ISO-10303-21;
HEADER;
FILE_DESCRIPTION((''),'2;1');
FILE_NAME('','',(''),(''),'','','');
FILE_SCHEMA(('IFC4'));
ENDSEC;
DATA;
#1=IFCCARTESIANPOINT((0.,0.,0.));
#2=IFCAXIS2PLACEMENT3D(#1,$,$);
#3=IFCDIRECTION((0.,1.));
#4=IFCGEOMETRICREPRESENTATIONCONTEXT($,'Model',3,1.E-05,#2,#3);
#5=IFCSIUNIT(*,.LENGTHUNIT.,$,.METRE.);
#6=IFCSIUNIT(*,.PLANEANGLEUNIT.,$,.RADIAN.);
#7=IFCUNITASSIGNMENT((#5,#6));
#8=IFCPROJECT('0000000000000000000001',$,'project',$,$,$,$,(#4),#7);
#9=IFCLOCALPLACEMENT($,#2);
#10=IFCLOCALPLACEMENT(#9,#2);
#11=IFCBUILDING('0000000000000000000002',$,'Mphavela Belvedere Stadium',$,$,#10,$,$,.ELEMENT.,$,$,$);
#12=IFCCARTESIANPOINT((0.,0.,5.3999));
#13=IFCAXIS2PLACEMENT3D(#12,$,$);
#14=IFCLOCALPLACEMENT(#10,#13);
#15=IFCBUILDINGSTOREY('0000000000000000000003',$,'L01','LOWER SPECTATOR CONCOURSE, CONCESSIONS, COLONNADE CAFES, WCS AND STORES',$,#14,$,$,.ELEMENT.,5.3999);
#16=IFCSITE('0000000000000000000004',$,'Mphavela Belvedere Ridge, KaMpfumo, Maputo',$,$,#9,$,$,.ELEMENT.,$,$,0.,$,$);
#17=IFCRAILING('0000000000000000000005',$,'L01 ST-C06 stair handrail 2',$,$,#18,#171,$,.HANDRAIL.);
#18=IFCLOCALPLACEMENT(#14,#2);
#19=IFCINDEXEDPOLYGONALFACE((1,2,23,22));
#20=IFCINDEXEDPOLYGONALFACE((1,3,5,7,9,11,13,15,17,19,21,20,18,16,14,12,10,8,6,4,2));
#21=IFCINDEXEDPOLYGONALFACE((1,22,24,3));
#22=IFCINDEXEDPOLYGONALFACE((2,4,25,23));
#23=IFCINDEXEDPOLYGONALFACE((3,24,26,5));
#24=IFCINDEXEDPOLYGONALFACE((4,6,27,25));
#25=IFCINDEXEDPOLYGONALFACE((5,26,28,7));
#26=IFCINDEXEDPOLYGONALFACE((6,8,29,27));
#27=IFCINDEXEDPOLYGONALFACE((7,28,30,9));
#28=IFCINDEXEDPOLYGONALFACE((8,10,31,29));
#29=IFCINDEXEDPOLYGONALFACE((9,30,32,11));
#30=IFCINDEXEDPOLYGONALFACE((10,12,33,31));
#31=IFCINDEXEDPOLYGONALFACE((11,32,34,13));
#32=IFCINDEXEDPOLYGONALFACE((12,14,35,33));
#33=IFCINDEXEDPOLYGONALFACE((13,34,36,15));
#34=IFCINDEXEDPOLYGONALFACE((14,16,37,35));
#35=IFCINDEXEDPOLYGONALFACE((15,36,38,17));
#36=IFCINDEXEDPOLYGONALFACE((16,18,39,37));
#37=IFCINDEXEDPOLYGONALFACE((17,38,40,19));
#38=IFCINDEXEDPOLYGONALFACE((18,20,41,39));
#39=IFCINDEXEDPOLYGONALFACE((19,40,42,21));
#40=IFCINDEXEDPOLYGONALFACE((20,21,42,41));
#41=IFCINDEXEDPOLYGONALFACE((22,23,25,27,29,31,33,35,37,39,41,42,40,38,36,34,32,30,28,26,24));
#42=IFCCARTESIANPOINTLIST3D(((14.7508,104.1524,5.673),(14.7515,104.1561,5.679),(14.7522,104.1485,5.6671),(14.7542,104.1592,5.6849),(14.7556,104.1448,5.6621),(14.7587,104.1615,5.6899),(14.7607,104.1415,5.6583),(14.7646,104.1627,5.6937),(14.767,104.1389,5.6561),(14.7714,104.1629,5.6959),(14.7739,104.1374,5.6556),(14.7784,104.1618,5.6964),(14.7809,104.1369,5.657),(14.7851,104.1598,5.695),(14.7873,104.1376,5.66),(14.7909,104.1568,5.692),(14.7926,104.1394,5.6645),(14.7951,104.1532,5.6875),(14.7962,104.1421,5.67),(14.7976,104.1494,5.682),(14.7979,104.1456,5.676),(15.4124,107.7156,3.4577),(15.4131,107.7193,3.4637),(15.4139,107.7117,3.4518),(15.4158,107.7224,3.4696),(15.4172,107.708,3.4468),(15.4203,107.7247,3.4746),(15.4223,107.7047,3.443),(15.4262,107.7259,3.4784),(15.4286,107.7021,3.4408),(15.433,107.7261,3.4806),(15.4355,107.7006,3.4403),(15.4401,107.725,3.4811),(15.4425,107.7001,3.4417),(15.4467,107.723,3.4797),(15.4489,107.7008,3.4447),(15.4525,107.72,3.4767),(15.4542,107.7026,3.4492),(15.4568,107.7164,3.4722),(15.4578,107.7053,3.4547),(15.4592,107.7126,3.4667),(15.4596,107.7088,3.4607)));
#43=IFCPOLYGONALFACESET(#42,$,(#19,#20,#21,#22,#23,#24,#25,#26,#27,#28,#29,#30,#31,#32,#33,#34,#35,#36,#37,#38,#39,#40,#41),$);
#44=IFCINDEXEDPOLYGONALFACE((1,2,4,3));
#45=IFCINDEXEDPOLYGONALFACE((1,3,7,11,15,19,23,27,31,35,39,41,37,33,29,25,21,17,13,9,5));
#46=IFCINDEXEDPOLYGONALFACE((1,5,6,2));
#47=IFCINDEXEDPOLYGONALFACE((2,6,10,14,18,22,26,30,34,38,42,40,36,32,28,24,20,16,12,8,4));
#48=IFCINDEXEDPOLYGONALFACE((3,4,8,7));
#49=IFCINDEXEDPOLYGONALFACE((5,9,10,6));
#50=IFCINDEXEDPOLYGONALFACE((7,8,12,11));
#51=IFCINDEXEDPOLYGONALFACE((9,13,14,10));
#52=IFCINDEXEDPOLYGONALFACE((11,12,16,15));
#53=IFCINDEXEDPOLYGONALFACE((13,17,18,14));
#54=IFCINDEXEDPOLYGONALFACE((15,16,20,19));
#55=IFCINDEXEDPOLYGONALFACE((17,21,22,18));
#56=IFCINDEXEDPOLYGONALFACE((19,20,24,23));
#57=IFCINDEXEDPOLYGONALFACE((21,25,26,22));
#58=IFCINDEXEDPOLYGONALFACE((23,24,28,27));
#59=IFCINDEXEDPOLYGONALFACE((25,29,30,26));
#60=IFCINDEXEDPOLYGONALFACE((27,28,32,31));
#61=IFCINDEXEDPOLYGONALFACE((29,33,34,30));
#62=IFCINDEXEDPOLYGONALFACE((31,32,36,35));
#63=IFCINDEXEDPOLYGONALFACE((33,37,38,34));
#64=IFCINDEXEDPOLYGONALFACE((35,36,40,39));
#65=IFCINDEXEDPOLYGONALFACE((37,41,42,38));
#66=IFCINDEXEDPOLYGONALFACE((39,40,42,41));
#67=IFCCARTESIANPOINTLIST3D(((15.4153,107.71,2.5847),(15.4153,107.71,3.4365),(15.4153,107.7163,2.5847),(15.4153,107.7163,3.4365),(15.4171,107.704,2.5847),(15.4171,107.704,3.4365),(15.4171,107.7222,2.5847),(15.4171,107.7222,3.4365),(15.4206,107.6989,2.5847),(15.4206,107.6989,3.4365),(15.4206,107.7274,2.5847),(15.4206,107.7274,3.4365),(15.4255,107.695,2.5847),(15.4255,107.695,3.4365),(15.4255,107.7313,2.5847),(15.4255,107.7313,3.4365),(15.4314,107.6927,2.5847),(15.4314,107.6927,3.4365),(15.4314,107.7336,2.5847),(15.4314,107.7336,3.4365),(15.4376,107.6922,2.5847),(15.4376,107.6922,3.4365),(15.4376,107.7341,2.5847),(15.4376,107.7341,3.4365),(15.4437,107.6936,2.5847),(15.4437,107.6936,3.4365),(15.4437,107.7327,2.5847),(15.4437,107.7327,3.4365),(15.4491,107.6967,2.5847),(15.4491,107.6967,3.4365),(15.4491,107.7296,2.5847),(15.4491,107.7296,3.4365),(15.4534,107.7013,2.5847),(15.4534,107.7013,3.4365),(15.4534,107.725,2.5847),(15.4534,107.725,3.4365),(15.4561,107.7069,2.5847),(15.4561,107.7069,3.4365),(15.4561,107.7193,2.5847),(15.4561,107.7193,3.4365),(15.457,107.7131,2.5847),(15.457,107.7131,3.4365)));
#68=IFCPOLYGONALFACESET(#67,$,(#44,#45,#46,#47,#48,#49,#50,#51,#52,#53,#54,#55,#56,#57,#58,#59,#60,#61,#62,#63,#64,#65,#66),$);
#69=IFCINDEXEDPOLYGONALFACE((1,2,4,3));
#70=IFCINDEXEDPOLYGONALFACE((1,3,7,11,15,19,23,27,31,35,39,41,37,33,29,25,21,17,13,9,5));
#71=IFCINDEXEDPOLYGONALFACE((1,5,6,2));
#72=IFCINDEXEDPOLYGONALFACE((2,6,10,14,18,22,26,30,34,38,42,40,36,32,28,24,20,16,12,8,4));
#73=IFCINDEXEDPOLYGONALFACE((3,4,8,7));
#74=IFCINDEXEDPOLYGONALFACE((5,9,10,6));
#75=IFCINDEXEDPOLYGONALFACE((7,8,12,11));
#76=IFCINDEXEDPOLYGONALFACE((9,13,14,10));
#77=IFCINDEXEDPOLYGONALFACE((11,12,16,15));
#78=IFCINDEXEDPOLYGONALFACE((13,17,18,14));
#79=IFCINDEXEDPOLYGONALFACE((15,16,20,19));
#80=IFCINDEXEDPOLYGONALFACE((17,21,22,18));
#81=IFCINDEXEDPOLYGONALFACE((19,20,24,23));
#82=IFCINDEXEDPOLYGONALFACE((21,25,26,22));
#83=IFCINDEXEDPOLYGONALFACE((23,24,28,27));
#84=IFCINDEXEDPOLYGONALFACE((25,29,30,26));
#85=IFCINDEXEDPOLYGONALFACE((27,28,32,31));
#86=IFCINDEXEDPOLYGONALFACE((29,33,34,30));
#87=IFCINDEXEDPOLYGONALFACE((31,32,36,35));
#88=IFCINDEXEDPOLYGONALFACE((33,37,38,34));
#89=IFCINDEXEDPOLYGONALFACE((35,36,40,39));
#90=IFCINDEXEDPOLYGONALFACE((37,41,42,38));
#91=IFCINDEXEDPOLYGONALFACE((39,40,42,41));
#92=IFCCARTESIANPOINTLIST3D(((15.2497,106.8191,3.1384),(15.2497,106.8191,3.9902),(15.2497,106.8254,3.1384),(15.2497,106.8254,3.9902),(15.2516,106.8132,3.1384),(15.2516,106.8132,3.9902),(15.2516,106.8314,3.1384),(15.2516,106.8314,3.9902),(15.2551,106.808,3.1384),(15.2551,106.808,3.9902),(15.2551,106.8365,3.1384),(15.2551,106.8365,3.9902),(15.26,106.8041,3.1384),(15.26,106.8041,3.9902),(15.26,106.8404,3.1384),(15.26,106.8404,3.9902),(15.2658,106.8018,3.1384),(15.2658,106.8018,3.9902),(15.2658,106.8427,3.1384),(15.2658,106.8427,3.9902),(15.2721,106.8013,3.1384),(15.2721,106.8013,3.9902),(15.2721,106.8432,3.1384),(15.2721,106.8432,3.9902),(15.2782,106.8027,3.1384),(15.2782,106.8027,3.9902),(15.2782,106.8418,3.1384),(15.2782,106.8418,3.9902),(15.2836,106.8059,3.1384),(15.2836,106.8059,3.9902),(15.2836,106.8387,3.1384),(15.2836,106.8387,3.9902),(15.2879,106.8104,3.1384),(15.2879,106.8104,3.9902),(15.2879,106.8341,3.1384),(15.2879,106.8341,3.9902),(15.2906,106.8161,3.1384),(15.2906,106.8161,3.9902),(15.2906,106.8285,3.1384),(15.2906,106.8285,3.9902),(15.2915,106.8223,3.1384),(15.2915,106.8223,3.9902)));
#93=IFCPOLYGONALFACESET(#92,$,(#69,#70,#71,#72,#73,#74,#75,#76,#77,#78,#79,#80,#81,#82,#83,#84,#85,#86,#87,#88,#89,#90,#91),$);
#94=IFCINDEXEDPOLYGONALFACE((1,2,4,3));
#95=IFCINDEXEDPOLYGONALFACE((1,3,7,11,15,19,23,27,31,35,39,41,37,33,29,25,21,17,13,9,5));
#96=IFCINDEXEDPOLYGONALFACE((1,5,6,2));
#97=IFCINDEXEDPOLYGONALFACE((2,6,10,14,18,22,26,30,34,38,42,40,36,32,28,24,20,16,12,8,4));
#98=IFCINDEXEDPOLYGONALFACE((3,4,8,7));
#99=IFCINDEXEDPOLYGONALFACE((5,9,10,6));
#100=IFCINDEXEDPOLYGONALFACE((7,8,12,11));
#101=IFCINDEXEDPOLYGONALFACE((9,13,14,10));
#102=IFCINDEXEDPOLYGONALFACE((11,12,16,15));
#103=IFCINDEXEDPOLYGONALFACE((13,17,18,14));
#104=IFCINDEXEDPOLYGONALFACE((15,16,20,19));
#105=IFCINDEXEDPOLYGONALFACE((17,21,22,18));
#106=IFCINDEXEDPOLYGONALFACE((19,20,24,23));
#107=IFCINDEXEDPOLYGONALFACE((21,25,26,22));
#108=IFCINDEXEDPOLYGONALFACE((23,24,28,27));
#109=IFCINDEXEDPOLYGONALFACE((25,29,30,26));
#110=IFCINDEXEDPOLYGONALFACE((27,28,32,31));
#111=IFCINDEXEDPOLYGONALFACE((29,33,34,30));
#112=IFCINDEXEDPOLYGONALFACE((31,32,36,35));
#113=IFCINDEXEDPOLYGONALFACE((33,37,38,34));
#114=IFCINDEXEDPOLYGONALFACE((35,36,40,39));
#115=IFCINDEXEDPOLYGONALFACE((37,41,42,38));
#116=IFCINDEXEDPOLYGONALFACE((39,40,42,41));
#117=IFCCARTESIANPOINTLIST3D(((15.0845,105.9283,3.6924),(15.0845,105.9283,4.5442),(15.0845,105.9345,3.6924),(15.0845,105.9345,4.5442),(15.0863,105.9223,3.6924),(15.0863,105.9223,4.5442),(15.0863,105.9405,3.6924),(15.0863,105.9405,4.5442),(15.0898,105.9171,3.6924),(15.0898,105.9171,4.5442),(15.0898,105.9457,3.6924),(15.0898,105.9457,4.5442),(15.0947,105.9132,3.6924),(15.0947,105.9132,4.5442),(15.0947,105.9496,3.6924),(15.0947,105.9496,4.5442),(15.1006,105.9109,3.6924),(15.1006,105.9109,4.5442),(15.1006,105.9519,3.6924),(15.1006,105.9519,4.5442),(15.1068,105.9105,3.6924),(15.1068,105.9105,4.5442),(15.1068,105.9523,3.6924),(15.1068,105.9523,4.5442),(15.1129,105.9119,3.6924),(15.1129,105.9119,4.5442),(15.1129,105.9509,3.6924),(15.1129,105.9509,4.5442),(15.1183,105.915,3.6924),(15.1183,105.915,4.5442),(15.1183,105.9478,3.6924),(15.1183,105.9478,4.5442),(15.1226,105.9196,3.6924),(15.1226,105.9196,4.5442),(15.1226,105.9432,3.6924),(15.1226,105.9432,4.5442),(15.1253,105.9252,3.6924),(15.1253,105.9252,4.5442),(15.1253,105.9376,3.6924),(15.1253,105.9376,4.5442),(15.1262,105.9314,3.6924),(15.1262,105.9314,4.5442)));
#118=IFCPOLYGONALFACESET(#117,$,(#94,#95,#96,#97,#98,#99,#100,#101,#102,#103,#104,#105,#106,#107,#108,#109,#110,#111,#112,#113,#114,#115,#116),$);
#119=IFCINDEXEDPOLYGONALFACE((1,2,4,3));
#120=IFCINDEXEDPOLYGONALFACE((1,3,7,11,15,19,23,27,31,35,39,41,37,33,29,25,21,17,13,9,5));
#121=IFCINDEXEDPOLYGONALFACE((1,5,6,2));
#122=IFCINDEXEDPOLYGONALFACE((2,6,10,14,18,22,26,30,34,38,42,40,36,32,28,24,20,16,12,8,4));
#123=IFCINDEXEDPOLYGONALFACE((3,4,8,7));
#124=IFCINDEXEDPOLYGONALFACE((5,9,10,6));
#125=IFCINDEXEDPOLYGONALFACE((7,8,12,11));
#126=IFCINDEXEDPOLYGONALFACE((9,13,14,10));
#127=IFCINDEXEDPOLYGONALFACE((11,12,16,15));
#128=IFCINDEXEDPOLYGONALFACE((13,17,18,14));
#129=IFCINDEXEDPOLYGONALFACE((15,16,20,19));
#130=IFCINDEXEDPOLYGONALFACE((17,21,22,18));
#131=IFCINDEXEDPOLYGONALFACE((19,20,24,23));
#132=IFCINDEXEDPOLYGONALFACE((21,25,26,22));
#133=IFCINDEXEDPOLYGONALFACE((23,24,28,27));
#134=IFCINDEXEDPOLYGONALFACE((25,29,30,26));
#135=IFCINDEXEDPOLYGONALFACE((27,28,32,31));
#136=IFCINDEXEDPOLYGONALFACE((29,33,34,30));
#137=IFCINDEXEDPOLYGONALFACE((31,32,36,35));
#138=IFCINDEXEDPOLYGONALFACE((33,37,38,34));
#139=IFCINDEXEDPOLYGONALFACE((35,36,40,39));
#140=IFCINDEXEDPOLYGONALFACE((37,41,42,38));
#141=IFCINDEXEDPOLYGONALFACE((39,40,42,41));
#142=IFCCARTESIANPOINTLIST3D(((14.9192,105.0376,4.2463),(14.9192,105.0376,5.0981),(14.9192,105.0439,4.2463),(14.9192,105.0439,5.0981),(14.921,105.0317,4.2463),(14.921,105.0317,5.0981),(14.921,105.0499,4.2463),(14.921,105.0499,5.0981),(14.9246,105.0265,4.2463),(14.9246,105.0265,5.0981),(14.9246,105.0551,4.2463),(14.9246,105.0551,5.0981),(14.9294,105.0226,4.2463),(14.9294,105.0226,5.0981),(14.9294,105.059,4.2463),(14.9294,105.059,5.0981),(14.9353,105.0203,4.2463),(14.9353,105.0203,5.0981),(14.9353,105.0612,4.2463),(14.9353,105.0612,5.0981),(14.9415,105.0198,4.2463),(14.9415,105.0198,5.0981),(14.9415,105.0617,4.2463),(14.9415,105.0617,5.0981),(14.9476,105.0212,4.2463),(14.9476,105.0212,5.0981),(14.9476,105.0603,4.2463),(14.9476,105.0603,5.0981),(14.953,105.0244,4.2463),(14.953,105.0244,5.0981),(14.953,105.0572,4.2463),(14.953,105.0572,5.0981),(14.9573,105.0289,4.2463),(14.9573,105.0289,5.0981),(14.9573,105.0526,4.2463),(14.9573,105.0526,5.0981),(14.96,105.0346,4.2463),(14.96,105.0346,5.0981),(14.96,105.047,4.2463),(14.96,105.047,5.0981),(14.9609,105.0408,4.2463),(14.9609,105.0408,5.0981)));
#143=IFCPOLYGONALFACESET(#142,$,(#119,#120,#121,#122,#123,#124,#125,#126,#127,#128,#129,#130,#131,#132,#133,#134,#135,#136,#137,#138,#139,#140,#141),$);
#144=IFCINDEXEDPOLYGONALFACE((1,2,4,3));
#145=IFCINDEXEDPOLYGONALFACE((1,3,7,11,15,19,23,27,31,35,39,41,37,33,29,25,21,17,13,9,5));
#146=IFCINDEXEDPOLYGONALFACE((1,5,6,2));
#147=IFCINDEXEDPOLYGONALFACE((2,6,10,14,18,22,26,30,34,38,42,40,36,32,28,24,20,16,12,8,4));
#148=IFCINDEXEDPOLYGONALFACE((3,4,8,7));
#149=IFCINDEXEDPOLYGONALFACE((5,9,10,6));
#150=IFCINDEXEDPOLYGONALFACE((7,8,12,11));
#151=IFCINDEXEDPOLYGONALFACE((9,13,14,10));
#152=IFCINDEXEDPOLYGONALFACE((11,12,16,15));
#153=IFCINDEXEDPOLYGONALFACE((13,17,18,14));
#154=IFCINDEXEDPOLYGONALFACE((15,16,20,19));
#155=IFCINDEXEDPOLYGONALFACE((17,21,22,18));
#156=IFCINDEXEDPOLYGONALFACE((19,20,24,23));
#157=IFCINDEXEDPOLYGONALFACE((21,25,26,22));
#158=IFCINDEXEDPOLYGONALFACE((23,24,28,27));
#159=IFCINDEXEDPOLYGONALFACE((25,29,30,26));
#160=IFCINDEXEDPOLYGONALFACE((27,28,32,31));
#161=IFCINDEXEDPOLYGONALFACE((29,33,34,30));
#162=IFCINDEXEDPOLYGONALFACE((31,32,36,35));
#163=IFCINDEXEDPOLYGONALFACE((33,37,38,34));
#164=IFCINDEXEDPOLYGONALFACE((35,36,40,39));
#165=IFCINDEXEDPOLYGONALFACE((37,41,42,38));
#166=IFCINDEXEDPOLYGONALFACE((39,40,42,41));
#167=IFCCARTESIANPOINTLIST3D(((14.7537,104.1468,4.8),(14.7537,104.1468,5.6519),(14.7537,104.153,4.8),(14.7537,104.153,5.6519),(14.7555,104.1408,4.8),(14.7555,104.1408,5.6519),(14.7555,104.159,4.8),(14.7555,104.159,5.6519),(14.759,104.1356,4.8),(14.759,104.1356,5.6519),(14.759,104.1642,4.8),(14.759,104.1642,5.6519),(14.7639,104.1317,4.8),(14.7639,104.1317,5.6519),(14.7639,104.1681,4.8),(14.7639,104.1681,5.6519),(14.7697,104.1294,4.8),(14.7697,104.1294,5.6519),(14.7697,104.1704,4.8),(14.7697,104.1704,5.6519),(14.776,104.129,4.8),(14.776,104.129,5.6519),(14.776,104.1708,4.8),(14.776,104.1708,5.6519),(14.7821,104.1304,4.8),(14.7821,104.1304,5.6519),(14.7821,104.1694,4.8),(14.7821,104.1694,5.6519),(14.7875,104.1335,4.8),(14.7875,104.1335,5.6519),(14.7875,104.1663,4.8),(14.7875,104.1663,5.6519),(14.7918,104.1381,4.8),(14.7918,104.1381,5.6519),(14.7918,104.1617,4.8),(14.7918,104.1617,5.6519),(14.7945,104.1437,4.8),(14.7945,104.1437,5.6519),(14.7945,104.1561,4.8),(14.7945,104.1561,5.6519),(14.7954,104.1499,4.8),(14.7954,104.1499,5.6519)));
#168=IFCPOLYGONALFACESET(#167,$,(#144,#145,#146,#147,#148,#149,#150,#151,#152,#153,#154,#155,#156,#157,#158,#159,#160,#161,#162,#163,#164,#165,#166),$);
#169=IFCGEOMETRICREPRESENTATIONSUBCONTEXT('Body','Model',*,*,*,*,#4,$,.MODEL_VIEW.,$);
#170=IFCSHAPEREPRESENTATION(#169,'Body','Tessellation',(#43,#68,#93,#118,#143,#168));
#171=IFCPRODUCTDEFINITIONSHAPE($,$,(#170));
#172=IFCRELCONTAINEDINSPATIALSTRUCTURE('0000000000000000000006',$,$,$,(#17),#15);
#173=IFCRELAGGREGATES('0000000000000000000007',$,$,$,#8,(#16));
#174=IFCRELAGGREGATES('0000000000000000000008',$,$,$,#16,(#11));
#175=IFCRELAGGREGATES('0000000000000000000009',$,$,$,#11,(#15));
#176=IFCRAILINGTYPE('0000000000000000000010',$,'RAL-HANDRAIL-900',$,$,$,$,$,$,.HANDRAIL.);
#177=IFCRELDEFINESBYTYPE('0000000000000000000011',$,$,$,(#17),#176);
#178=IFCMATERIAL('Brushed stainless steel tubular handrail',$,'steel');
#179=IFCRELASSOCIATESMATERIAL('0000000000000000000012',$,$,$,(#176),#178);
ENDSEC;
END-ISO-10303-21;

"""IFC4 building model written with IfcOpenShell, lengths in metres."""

from ifc_helpers import new_model, si_unit, direction, frame, origin, origin_2d, place, context, subcontext, project, spatial, circle, extrude, material, type_object, element, save


model = new_model("IFC4")

# Units and contexts
model_context = context("Model", 3, precision=1e-05, world=origin(), true_north=direction((0.0, 1.0)))
body_context = subcontext(model_context, "Body", "Model", "MODEL_VIEW")
ifc_project = project(units=[si_unit("LENGTHUNIT", "METRE"), si_unit("PLANEANGLEUNIT", "RADIAN")], contexts=[model_context])

# Site, building, storey
site_placement = place(None, origin())
site = spatial("IfcSite", under=ifc_project, at=site_placement, Name="Mphavela Belvedere Ridge, KaMpfumo, Maputo", CompositionType="ELEMENT", RefElevation=0.0)
building_placement = place(site_placement, origin())
building = spatial("IfcBuilding", under=site, at=building_placement, Name="Mphavela Belvedere Stadium", CompositionType="ELEMENT")
storey_placement = place(building_placement, frame((0.0, 0.0, 5.3999)))
storey = spatial("IfcBuildingStorey", under=building, at=storey_placement, Name="L01", Description="LOWER SPECTATOR CONCOURSE, CONCESSIONS, COLONNADE CAFES, WCS AND STORES", CompositionType="ELEMENT", Elevation=5.3999)

# Railing
ifc_material_1 = material(Name="Brushed stainless steel tubular handrail", Category="steel")
railing_type_1 = type_object("IfcRailingType", Name="RAL-HANDRAIL-900", PredefinedType="HANDRAIL", material=ifc_material_1)
railing_1_placement = place(storey_placement, frame((15.436, 107.7131, 2.5847)))
element("IfcRailing", 1, at=railing_1_placement, inside=storey, type_object=railing_type_1, Name="L01 ST-C06 stair handrail 2", PredefinedType="HANDRAIL", context=body_context, shape_type="SweptSolid", body=[
    extrude(circle(Radius=0.0239, at=origin_2d()), frame((0.0, 0.0, 0.876), z_axis=(-0.155764, -0.838882, 0.52155), x_axis=(0.983195, -0.18256, 0.0)), (0.0, 0.0, 1.0), 4.2476),
    extrude(circle(Radius=0.021, at=origin_2d()), origin(), (0.0, 0.0, 1.0), 0.8518),
    extrude(circle(Radius=0.021, at=origin_2d()), frame((-0.1655, -0.8909, 0.5537)), (0.0, 0.0, 1.0), 0.8518),
    extrude(circle(Radius=0.021, at=origin_2d()), frame((-0.3308, -1.7817, 1.1077)), (0.0, 0.0, 1.0), 0.8518),
    extrude(circle(Radius=0.021, at=origin_2d()), frame((-0.4961, -2.6724, 1.6616)), (0.0, 0.0, 1.0), 0.8518),
    extrude(circle(Radius=0.021, at=origin_2d()), frame((-0.6616, -3.5632, 2.2153)), (0.0, 0.0, 1.0), 0.8518),
])

save(model, "model.ifc")
